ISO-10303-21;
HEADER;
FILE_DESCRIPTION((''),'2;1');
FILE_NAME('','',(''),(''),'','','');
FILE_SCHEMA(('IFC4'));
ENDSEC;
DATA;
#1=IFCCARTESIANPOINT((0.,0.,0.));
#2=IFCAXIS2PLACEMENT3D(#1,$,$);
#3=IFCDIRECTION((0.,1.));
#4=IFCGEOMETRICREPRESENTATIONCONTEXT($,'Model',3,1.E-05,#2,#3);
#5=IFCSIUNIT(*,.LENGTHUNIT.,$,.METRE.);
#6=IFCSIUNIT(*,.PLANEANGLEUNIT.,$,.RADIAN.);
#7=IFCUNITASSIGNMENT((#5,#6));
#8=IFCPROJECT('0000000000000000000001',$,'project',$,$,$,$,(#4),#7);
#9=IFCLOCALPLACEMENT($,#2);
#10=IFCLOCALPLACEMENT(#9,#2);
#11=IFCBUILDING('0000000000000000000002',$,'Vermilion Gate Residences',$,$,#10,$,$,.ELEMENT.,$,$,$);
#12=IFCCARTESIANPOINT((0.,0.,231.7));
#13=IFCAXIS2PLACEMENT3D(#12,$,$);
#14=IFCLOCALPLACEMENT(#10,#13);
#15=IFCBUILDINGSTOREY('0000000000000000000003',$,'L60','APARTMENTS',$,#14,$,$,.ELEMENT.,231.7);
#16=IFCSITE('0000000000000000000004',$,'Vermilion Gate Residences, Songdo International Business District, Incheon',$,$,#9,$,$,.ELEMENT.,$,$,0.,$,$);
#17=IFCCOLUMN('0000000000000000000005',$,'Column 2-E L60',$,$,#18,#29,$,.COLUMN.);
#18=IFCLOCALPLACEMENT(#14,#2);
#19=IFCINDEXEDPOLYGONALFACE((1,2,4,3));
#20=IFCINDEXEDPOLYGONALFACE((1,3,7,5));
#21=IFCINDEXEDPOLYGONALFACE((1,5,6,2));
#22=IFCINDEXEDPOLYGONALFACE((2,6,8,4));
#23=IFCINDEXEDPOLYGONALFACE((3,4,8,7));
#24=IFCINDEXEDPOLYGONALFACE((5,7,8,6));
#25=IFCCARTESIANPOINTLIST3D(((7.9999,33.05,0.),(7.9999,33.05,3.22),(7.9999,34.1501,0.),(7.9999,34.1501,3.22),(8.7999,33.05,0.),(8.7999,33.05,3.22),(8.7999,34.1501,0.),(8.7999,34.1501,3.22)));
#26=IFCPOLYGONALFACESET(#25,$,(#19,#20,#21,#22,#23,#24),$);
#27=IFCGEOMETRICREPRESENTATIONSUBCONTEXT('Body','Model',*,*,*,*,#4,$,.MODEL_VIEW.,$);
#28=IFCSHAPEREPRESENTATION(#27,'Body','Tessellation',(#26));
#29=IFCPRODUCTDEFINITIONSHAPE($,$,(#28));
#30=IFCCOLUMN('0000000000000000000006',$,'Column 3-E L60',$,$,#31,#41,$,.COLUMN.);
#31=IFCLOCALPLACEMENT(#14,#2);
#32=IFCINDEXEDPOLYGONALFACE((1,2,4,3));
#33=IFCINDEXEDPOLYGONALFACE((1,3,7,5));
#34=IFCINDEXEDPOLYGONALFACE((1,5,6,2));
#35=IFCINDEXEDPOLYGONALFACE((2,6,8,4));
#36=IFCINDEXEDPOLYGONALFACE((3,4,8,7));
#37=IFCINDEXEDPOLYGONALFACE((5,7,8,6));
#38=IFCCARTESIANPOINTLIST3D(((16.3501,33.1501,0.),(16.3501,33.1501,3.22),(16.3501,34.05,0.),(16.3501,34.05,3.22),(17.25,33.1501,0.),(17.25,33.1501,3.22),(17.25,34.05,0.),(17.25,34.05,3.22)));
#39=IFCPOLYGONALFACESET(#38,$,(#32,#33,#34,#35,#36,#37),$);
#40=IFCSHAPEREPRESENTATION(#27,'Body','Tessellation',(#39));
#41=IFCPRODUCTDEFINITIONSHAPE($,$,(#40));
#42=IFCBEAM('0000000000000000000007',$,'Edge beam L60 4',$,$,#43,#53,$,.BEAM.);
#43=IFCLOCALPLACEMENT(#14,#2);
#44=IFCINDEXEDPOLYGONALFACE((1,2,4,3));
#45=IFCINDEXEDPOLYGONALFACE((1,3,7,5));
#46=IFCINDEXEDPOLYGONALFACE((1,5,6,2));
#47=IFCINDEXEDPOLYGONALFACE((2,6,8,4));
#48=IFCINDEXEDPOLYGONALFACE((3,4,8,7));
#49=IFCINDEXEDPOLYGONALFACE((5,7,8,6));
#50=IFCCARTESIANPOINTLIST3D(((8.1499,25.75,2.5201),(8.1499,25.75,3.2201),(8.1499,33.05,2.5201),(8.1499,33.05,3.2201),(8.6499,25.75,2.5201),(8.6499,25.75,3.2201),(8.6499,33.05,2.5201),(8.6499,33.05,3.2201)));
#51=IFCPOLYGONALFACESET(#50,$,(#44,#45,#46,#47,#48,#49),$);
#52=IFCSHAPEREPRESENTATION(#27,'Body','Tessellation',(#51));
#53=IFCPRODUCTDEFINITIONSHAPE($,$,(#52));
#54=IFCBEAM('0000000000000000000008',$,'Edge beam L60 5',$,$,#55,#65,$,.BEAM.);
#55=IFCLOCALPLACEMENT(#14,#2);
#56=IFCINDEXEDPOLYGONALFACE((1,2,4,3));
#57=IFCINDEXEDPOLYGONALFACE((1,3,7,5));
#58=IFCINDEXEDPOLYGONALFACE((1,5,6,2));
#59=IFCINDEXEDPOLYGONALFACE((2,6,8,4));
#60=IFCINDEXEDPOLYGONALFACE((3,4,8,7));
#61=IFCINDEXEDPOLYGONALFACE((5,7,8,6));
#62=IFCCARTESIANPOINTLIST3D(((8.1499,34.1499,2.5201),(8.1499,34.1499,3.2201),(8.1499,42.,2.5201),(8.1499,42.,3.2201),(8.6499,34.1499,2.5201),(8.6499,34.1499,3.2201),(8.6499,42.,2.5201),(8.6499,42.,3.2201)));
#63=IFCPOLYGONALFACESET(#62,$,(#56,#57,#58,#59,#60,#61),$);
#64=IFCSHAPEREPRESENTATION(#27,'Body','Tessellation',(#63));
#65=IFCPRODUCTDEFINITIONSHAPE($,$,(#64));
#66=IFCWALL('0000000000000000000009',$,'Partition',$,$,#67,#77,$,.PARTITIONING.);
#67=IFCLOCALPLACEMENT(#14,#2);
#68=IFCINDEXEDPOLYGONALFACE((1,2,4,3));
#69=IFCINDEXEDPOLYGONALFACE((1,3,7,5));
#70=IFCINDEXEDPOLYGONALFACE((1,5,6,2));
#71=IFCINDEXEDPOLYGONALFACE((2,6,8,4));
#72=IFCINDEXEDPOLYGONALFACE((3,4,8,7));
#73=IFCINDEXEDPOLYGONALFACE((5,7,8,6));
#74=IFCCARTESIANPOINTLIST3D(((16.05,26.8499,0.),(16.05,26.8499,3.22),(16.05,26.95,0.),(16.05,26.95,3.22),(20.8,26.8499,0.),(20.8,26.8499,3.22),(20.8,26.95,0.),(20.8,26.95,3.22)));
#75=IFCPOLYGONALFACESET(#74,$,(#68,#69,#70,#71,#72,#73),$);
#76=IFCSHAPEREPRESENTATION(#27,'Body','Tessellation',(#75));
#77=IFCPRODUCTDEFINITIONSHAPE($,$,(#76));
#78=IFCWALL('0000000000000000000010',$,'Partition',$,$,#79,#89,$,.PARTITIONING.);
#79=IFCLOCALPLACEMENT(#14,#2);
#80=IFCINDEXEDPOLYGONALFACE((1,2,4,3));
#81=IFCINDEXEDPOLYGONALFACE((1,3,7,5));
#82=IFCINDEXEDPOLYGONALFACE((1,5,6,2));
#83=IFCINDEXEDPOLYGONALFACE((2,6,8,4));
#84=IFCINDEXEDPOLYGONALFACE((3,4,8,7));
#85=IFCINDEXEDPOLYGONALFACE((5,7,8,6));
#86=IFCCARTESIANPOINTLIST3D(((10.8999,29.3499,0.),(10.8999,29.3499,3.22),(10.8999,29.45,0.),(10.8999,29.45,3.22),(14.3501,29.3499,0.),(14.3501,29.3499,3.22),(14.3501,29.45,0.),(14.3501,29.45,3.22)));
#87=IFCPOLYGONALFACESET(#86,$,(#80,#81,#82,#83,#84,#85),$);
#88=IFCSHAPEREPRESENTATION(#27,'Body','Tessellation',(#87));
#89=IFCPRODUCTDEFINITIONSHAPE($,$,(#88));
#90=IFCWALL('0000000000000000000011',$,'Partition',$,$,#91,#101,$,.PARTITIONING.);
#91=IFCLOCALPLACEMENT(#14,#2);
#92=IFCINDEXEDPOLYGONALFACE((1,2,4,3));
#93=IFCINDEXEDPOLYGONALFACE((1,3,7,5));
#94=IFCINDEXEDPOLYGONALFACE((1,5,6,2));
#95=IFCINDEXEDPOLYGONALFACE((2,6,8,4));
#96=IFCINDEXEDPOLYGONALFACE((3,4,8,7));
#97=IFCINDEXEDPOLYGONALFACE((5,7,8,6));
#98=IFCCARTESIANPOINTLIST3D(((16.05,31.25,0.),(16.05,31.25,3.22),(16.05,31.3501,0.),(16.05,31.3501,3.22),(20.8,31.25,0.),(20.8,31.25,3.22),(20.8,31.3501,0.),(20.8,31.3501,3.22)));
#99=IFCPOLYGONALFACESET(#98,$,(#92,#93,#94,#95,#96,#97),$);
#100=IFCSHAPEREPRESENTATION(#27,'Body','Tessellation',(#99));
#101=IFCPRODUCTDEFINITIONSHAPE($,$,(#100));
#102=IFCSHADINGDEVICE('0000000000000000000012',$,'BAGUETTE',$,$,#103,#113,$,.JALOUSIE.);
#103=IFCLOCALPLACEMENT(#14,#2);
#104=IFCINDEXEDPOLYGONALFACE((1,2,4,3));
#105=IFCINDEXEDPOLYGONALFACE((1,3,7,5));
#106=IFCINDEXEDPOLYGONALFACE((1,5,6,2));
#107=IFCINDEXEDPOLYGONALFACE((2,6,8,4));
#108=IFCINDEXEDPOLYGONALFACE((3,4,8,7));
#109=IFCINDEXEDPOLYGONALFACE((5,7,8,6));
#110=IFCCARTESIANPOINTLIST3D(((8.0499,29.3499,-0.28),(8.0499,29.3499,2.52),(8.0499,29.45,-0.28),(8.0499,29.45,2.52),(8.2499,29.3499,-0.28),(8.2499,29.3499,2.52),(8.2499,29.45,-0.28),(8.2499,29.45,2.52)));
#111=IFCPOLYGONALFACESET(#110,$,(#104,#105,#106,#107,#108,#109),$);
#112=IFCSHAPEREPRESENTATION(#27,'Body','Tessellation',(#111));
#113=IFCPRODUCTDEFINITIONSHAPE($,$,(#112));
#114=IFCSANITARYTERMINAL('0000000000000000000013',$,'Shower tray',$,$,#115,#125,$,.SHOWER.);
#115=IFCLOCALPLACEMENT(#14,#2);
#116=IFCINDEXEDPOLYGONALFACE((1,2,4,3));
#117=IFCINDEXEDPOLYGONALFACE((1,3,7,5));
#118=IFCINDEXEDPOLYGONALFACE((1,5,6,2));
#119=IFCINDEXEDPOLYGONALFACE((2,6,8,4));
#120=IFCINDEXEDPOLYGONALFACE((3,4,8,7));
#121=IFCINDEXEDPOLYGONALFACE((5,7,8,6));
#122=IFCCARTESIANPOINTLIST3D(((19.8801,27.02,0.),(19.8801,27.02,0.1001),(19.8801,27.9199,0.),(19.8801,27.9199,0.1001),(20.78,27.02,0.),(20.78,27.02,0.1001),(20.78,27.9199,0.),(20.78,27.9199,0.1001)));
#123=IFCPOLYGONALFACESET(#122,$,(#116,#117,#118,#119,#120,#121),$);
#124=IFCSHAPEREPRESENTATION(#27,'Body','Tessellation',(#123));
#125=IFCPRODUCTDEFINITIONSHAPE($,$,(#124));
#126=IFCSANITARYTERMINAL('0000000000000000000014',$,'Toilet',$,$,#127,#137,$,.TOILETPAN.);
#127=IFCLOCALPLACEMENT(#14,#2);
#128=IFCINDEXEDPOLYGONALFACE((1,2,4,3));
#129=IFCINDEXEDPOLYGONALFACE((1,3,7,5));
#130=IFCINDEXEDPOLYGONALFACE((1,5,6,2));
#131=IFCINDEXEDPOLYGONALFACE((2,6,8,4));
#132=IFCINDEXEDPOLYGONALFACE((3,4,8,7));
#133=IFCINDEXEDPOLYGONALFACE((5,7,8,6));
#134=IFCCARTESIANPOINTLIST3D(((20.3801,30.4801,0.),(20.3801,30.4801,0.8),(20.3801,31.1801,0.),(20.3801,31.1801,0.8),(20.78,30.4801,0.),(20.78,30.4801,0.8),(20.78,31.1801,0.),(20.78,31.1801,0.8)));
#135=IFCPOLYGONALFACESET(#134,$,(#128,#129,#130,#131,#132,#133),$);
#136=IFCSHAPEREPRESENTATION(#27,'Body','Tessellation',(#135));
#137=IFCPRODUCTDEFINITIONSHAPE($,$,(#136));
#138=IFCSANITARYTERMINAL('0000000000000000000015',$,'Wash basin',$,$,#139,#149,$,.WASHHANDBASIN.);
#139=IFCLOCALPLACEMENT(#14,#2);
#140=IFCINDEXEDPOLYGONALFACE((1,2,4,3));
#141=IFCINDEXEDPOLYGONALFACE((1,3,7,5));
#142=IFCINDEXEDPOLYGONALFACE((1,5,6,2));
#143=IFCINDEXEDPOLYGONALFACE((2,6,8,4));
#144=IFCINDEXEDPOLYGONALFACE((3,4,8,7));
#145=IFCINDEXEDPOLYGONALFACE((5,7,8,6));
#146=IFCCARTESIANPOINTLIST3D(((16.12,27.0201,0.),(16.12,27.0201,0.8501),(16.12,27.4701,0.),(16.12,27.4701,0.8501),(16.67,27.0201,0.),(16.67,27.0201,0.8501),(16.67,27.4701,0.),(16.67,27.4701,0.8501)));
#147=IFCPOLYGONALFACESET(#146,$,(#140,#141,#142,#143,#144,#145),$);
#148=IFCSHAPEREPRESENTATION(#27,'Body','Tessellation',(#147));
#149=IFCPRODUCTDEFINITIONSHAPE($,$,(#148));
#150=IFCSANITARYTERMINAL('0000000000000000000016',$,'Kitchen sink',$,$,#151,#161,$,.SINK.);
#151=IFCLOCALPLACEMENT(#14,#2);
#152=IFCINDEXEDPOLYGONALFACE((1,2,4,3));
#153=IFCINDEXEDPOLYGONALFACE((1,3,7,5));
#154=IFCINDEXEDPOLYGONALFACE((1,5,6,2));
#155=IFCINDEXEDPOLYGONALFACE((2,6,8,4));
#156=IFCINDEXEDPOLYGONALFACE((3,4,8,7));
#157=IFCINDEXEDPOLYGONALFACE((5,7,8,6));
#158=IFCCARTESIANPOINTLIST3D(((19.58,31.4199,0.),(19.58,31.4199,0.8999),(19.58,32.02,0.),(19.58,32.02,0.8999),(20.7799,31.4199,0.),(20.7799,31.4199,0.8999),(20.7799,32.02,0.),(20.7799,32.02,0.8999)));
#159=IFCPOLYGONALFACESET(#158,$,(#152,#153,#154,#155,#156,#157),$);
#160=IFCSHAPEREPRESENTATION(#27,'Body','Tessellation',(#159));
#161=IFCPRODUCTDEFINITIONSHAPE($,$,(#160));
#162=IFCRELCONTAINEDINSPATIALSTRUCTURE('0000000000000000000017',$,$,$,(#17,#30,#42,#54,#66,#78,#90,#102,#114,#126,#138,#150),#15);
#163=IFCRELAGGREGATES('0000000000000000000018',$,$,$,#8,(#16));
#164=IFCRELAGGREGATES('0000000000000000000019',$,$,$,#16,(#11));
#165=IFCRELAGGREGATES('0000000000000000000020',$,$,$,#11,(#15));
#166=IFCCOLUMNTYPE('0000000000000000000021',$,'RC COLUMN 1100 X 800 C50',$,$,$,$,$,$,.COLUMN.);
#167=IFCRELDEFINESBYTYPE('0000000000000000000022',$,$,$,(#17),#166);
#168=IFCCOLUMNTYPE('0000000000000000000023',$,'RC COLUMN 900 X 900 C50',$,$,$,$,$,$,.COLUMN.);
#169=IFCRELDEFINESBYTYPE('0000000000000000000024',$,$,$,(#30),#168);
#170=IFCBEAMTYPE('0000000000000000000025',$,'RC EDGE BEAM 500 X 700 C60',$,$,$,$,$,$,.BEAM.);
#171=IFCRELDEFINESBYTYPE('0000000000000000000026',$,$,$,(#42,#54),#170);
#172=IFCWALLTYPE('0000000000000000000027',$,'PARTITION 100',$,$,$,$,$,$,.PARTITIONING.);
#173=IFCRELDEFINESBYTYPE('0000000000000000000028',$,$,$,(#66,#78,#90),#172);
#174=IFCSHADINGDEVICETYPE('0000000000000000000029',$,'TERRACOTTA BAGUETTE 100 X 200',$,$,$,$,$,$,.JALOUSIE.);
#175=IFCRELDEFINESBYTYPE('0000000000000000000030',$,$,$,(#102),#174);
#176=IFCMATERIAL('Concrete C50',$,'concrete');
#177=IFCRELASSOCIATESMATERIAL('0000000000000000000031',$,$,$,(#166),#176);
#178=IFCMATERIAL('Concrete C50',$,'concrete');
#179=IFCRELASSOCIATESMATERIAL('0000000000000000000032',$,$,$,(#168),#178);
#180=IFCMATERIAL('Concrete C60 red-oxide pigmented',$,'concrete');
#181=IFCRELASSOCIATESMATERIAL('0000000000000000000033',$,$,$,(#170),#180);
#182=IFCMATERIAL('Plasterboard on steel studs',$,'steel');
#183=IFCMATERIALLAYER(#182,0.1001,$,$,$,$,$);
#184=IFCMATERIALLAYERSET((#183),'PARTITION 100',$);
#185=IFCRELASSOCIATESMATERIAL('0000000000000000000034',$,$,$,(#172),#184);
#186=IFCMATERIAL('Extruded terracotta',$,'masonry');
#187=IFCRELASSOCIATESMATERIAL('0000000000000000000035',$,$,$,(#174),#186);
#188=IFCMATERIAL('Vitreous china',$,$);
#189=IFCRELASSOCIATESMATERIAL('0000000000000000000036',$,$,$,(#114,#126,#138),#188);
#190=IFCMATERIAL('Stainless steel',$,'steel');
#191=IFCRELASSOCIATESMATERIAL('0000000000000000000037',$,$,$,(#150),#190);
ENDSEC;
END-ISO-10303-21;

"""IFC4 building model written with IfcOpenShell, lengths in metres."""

from ifc_helpers import new_model, si_unit, direction, frame, frame_2d, origin, origin_2d, place, context, subcontext, project, spatial, rectangle, extrude, material, layer, layer_set, material_profile, profile_set, type_object, element, save


model = new_model("IFC4")

# Units and contexts
model_context = context("Model", 3, precision=1e-05, world=origin(), true_north=direction((0.0, 1.0)))
body_context = subcontext(model_context, "Body", "Model", "MODEL_VIEW")
ifc_project = project(units=[si_unit("LENGTHUNIT", "METRE"), si_unit("PLANEANGLEUNIT", "RADIAN")], contexts=[model_context])

# Site, building, storey
site_placement = place(None, origin())
site = spatial("IfcSite", under=ifc_project, at=site_placement, Name="Vermilion Gate Residences, Songdo International Business District, Incheon", CompositionType="ELEMENT", RefElevation=0.0)
building_placement = place(site_placement, origin())
building = spatial("IfcBuilding", under=site, at=building_placement, Name="Vermilion Gate Residences", CompositionType="ELEMENT")
storey_placement = place(building_placement, frame((0.0, 0.0, 231.7)))
storey = spatial("IfcBuildingStorey", under=building, at=storey_placement, Name="L60", Description="APARTMENTS", CompositionType="ELEMENT", Elevation=231.7)

# Columns
ifc_material_1 = material(Name="Concrete C50", Category="concrete")
ifc_material_profile_1 = material_profile(ifc_material_1, rectangle(XDim=1.1001, YDim=0.8, at=origin_2d()), Name="RC-1100x800")
ifc_profile_set_1 = profile_set([ifc_material_profile_1], Name="Concrete C50")
column_type_1 = type_object("IfcColumnType", Name="RC COLUMN 1100 X 800 C50", PredefinedType="COLUMN", material=ifc_profile_set_1)
column_1_placement = place(storey_placement, frame((8.3999, 33.6001, 0.0), z_axis=(0.0, 0.0, 1.0), x_axis=(0.0, 1.0, 0.0)))
element("IfcColumn", 1, at=column_1_placement, inside=storey, type_object=column_type_1, Name="Column 2-E L60", PredefinedType="COLUMN", context=body_context, shape_type="SweptSolid", body=[
    extrude(rectangle(XDim=1.1001, YDim=0.8, at=origin_2d()), origin(), (0.0, 0.0, 1.0), 3.22),
])
ifc_material_2 = material(Name="Concrete C50", Category="concrete")
ifc_material_profile_2 = material_profile(ifc_material_2, rectangle(XDim=0.8999, YDim=0.8999, at=origin_2d()), Name="RC-900x900")
ifc_profile_set_2 = profile_set([ifc_material_profile_2], Name="Concrete C50")
column_type_2 = type_object("IfcColumnType", Name="RC COLUMN 900 X 900 C50", PredefinedType="COLUMN", material=ifc_profile_set_2)
column_2_placement = place(storey_placement, frame((16.8, 33.6001, 0.0), z_axis=(0.0, 0.0, 1.0), x_axis=(1.0, 0.0, 0.0)))
element("IfcColumn", 2, at=column_2_placement, inside=storey, type_object=column_type_2, Name="Column 3-E L60", PredefinedType="COLUMN", context=body_context, shape_type="SweptSolid", body=[
    extrude(rectangle(XDim=0.8999, YDim=0.8999, at=origin_2d()), origin(), (0.0, 0.0, 1.0), 3.22),
])

# Beams
ifc_material_3 = material(Name="Concrete C60 red-oxide pigmented", Category="concrete")
ifc_material_profile_3 = material_profile(ifc_material_3, rectangle(XDim=0.5, YDim=0.7, at=origin_2d()), Name="RC-500x700")
ifc_profile_set_3 = profile_set([ifc_material_profile_3], Name="Concrete C60 red-oxide pigmented")
beam_type = type_object("IfcBeamType", Name="RC EDGE BEAM 500 X 700 C60", PredefinedType="BEAM", material=ifc_profile_set_3)
beam_1_placement = place(storey_placement, frame((8.3999, 25.75, 2.8701), z_axis=(0.0, 1.0, 0.0), x_axis=(-1.0, 0.0, 0.0)))
element("IfcBeam", 3, at=beam_1_placement, inside=storey, type_object=beam_type, Name="Edge beam L60 4", PredefinedType="BEAM", context=body_context, shape_type="SweptSolid", body=[
    extrude(rectangle(XDim=0.5, YDim=0.7, at=origin_2d()), origin(), (0.0, 0.0, 1.0), 7.3),
])
beam_2_placement = place(storey_placement, frame((8.3999, 34.1499, 2.8701), z_axis=(0.0, 1.0, 0.0), x_axis=(-1.0, 0.0, 0.0)))
element("IfcBeam", 4, at=beam_2_placement, inside=storey, type_object=beam_type, Name="Edge beam L60 5", PredefinedType="BEAM", context=body_context, shape_type="SweptSolid", body=[
    extrude(rectangle(XDim=0.5, YDim=0.7, at=origin_2d()), origin(), (0.0, 0.0, 1.0), 7.8501),
])

# Walls
ifc_material_4 = material(Name="Plasterboard on steel studs", Category="steel")
ifc_layer = layer(ifc_material_4, 0.1001)
ifc_layer_set = layer_set([ifc_layer], Name="PARTITION 100")
wall_type = type_object("IfcWallType", Name="PARTITION 100", PredefinedType="PARTITIONING", material=ifc_layer_set)
wall_1_placement = place(storey_placement, frame((16.05, 26.8999, 0.0), z_axis=(0.0, 0.0, 1.0), x_axis=(1.0, 0.0, 0.0)))
element("IfcWall", 5, at=wall_1_placement, inside=storey, type_object=wall_type, Name="Partition", PredefinedType="PARTITIONING", context=body_context, shape_type="SweptSolid", body=[
    extrude(rectangle(XDim=4.75, YDim=0.1001, at=frame_2d((2.375, 0.0))), origin(), (0.0, 0.0, 1.0), 3.22),
])
wall_2_placement = place(storey_placement, frame((10.8999, 29.3999, 0.0), z_axis=(0.0, 0.0, 1.0), x_axis=(1.0, 0.0, 0.0)))
element("IfcWall", 6, at=wall_2_placement, inside=storey, type_object=wall_type, Name="Partition", PredefinedType="PARTITIONING", context=body_context, shape_type="SweptSolid", body=[
    extrude(rectangle(XDim=3.4502, YDim=0.1001, at=frame_2d((1.7251, 0.0))), origin(), (0.0, 0.0, 1.0), 3.22),
])
wall_3_placement = place(storey_placement, frame((16.05, 31.3, 0.0), z_axis=(0.0, 0.0, 1.0), x_axis=(1.0, 0.0, 0.0)))
element("IfcWall", 7, at=wall_3_placement, inside=storey, type_object=wall_type, Name="Partition", PredefinedType="PARTITIONING", context=body_context, shape_type="SweptSolid", body=[
    extrude(rectangle(XDim=4.75, YDim=0.1001, at=frame_2d((2.375, 0.0))), origin(), (0.0, 0.0, 1.0), 3.22),
])

# Shading device
ifc_material_5 = material(Name="Extruded terracotta", Category="masonry")
ifc_material_profile_4 = material_profile(ifc_material_5, rectangle(XDim=0.2, YDim=0.1001, at=origin_2d()), Name="BAGUETTE 100 X 200")
ifc_profile_set_4 = profile_set([ifc_material_profile_4], Name="Extruded terracotta")
shading_device_type = type_object("IfcShadingDeviceType", Name="TERRACOTTA BAGUETTE 100 X 200", PredefinedType="JALOUSIE", material=ifc_profile_set_4)
shading_device_placement = place(storey_placement, frame((8.1499, 29.3999, -0.28), z_axis=(0.0, 0.0, 1.0), x_axis=(1.0, 0.0, 0.0)))
element("IfcShadingDevice", 8, at=shading_device_placement, inside=storey, type_object=shading_device_type, Name="BAGUETTE", PredefinedType="JALOUSIE", context=body_context, shape_type="SweptSolid", body=[
    extrude(rectangle(XDim=0.2, YDim=0.1001, at=origin_2d()), origin(), (0.0, 0.0, 1.0), 2.8),
])

# Sanitary terminals
ifc_material_6 = material(Name="Vitreous china")
sanitary_terminal_1_placement = place(storey_placement, frame((20.3301, 27.47, 0.0), z_axis=(0.0, 0.0, 1.0), x_axis=(1.0, 0.0, 0.0)))
element("IfcSanitaryTerminal", 9, at=sanitary_terminal_1_placement, inside=storey, material=ifc_material_6, Name="Shower tray", PredefinedType="SHOWER", context=body_context, shape_type="SweptSolid", body=[
    extrude(rectangle(XDim=0.8999, YDim=0.8999, at=origin_2d()), origin(), (0.0, 0.0, 1.0), 0.1001),
])
sanitary_terminal_2_placement = place(storey_placement, frame((20.5801, 30.8301, 0.0), z_axis=(0.0, 0.0, 1.0), x_axis=(1.0, 0.0, 0.0)))
element("IfcSanitaryTerminal", 10, at=sanitary_terminal_2_placement, inside=storey, material=ifc_material_6, Name="Toilet", PredefinedType="TOILETPAN", context=body_context, shape_type="SweptSolid", body=[
    extrude(rectangle(XDim=0.3999, YDim=0.7, at=origin_2d()), origin(), (0.0, 0.0, 1.0), 0.8),
])
sanitary_terminal_3_placement = place(storey_placement, frame((16.395, 27.2451, 0.0), z_axis=(0.0, 0.0, 1.0), x_axis=(1.0, 0.0, 0.0)))
element("IfcSanitaryTerminal", 11, at=sanitary_terminal_3_placement, inside=storey, material=ifc_material_6, Name="Wash basin", PredefinedType="WASHHANDBASIN", context=body_context, shape_type="SweptSolid", body=[
    extrude(rectangle(XDim=0.55, YDim=0.45, at=origin_2d()), origin(), (0.0, 0.0, 1.0), 0.8501),
])
ifc_material_7 = material(Name="Stainless steel", Category="steel")
sanitary_terminal_4_placement = place(storey_placement, frame((20.1799, 31.72, 0.0), z_axis=(0.0, 0.0, 1.0), x_axis=(1.0, 0.0, 0.0)))
element("IfcSanitaryTerminal", 12, at=sanitary_terminal_4_placement, inside=storey, material=ifc_material_7, Name="Kitchen sink", PredefinedType="SINK", context=body_context, shape_type="SweptSolid", body=[
    extrude(rectangle(XDim=1.2, YDim=0.6001, at=origin_2d()), origin(), (0.0, 0.0, 1.0), 0.8999),
])

save(model, "model.ifc")
